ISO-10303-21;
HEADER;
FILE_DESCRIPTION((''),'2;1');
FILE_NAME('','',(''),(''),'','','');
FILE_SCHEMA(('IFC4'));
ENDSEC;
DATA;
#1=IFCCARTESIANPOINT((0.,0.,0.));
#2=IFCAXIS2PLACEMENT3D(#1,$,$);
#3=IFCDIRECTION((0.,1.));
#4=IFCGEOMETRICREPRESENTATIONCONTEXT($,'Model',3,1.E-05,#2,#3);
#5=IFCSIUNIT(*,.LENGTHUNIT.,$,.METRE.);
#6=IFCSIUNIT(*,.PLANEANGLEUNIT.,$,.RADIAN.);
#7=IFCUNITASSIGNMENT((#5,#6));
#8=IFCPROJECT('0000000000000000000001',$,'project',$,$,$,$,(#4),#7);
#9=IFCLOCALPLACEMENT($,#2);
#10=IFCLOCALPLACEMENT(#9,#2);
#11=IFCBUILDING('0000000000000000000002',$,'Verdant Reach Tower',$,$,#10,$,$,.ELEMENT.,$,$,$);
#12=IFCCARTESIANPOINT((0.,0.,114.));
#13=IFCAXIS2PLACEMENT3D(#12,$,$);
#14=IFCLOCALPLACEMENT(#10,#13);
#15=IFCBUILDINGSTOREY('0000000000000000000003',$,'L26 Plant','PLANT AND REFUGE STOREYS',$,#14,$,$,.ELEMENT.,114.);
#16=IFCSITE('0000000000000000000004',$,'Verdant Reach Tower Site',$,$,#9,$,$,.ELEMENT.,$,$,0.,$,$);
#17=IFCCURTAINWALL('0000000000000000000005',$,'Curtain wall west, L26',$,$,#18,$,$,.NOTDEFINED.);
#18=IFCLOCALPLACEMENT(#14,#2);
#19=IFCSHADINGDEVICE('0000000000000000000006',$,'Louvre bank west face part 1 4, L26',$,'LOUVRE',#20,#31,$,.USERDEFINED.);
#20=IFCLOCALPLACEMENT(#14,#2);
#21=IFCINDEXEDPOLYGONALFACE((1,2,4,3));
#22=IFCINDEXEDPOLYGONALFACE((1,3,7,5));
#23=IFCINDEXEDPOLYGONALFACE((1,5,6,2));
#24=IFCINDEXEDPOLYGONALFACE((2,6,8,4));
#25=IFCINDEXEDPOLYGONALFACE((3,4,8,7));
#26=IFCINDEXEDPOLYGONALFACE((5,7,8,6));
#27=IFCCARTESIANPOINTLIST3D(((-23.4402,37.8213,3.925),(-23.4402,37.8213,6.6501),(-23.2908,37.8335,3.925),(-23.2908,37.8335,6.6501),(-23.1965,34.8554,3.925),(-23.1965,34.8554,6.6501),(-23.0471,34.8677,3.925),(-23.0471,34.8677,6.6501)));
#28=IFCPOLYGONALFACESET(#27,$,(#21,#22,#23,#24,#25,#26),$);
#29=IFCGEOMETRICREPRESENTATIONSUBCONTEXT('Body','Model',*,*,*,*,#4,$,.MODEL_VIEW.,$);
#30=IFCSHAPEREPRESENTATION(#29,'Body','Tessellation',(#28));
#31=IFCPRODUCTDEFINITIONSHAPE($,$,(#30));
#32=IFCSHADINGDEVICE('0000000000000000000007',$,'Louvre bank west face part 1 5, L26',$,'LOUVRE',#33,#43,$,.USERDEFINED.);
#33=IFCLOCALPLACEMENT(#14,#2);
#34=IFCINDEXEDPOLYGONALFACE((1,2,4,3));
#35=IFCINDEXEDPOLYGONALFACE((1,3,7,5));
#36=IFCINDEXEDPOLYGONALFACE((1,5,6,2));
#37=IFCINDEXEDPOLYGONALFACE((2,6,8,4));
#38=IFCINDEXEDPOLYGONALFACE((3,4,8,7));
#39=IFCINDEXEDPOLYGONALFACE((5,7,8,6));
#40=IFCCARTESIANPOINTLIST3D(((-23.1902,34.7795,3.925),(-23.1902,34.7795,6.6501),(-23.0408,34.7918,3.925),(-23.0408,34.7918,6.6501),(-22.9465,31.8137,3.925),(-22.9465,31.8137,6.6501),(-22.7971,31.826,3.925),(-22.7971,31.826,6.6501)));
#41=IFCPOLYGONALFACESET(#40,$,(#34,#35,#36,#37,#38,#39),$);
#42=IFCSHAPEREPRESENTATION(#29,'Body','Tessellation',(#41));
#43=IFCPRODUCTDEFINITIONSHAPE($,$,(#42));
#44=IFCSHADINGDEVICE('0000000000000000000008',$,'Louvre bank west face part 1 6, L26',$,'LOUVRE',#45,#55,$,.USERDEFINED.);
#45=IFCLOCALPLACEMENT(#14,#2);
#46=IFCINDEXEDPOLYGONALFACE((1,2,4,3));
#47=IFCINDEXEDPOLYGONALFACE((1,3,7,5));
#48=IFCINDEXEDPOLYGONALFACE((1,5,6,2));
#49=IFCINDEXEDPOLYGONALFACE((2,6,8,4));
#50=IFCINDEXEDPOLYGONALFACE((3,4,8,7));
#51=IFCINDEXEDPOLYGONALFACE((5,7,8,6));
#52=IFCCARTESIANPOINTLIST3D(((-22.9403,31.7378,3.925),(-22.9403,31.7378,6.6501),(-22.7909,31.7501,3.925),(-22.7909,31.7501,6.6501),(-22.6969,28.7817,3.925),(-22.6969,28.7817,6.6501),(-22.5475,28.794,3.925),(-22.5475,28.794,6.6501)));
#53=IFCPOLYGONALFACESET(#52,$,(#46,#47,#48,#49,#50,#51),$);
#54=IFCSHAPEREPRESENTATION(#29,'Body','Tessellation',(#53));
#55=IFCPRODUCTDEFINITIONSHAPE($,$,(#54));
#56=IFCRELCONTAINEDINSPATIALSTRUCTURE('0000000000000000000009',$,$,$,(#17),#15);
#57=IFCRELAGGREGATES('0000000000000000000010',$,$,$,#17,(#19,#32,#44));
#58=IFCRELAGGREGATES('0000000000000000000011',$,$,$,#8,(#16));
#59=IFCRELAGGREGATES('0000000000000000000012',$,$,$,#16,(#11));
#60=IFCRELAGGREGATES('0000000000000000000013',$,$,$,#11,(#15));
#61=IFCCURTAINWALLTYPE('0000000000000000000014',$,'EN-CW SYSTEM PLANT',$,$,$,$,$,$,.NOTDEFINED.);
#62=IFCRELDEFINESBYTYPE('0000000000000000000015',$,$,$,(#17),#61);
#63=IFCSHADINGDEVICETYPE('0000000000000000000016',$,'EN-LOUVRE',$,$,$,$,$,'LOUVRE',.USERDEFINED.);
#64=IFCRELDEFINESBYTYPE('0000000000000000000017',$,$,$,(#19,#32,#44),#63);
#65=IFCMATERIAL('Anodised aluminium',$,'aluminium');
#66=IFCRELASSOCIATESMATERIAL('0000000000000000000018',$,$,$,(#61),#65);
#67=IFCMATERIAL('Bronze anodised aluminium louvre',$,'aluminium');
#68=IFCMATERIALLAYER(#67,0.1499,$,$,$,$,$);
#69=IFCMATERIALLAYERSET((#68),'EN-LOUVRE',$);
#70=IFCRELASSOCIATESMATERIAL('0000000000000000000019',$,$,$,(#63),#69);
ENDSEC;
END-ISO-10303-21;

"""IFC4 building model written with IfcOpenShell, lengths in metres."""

from ifc_helpers import new_model, si_unit, direction, frame, origin, origin_2d, place, context, subcontext, project, spatial, rectangle, extrude, material, layer, layer_set, type_object, element, aggregate, save


model = new_model("IFC4")

# Units and contexts
model_context = context("Model", 3, precision=1e-05, world=origin(), true_north=direction((0.0, 1.0)))
body_context = subcontext(model_context, "Body", "Model", "MODEL_VIEW")
ifc_project = project(units=[si_unit("LENGTHUNIT", "METRE"), si_unit("PLANEANGLEUNIT", "RADIAN")], contexts=[model_context])

# Site, building, storey
site_placement = place(None, origin())
site = spatial("IfcSite", under=ifc_project, at=site_placement, Name="Verdant Reach Tower Site", CompositionType="ELEMENT", RefElevation=0.0)
building_placement = place(site_placement, origin())
building = spatial("IfcBuilding", under=site, at=building_placement, Name="Verdant Reach Tower", CompositionType="ELEMENT")
storey_placement = place(building_placement, frame((0.0, 0.0, 114.0)))
storey = spatial("IfcBuildingStorey", under=building, at=storey_placement, Name="L26 Plant", Description="PLANT AND REFUGE STOREYS", CompositionType="ELEMENT", Elevation=114.0)

# Curtain wall
ifc_material_1 = material(Name="Anodised aluminium", Category="aluminium")
curtain_wall_type = type_object("IfcCurtainWallType", Name="EN-CW SYSTEM PLANT", PredefinedType="NOTDEFINED", material=ifc_material_1)
curtain_wall_placement = place(storey_placement, origin())
curtain_wall = element("IfcCurtainWall", 1, at=curtain_wall_placement, inside=storey, type_object=curtain_wall_type, Name="Curtain wall west, L26", PredefinedType="NOTDEFINED")

# Shading devices
ifc_material_2 = material(Name="Bronze anodised aluminium louvre", Category="aluminium")
ifc_layer_1 = layer(ifc_material_2, 0.1499)
ifc_layer_set_1 = layer_set([ifc_layer_1], Name="EN-LOUVRE")
shading_device_type = type_object("IfcShadingDeviceType", Name="EN-LOUVRE", ElementType="LOUVRE", PredefinedType="USERDEFINED", material=ifc_layer_set_1)
shading_device_1_placement = place(storey_placement, frame((-23.2437, 36.3445, 3.925), z_axis=(0.0, 0.0, 1.0), x_axis=(0.081916, -0.996639, 0.0)))
shading_device_1 = element("IfcShadingDevice", 2, at=shading_device_1_placement, type_object=shading_device_type, Name="Louvre bank west face part 1 4, L26", ObjectType="LOUVRE", PredefinedType="USERDEFINED", context=body_context, shape_type="SweptSolid", body=[
    extrude(rectangle(XDim=2.9758, YDim=0.1499, at=origin_2d()), origin(), (0.0, 0.0, 1.0), 2.7251),
])
shading_device_2_placement = place(storey_placement, frame((-22.9937, 33.3027, 3.925), z_axis=(0.0, 0.0, 1.0), x_axis=(0.081916, -0.996639, 0.0)))
shading_device_2 = element("IfcShadingDevice", 3, at=shading_device_2_placement, type_object=shading_device_type, Name="Louvre bank west face part 1 5, L26", ObjectType="LOUVRE", PredefinedType="USERDEFINED", context=body_context, shape_type="SweptSolid", body=[
    extrude(rectangle(XDim=2.9758, YDim=0.1499, at=origin_2d()), origin(), (0.0, 0.0, 1.0), 2.7251),
])
shading_device_3_placement = place(storey_placement, frame((-22.7439, 30.2659, 3.925), z_axis=(0.0, 0.0, 1.0), x_axis=(0.082047, -0.996628, 0.0)))
shading_device_3 = element("IfcShadingDevice", 4, at=shading_device_3_placement, type_object=shading_device_type, Name="Louvre bank west face part 1 6, L26", ObjectType="LOUVRE", PredefinedType="USERDEFINED", context=body_context, shape_type="SweptSolid", body=[
    extrude(rectangle(XDim=2.9661, YDim=0.1499, at=origin_2d()), origin(), (0.0, 0.0, 1.0), 2.7251),
])
aggregate(curtain_wall, [shading_device_1, shading_device_2, shading_device_3])

save(model, "model.ifc")
